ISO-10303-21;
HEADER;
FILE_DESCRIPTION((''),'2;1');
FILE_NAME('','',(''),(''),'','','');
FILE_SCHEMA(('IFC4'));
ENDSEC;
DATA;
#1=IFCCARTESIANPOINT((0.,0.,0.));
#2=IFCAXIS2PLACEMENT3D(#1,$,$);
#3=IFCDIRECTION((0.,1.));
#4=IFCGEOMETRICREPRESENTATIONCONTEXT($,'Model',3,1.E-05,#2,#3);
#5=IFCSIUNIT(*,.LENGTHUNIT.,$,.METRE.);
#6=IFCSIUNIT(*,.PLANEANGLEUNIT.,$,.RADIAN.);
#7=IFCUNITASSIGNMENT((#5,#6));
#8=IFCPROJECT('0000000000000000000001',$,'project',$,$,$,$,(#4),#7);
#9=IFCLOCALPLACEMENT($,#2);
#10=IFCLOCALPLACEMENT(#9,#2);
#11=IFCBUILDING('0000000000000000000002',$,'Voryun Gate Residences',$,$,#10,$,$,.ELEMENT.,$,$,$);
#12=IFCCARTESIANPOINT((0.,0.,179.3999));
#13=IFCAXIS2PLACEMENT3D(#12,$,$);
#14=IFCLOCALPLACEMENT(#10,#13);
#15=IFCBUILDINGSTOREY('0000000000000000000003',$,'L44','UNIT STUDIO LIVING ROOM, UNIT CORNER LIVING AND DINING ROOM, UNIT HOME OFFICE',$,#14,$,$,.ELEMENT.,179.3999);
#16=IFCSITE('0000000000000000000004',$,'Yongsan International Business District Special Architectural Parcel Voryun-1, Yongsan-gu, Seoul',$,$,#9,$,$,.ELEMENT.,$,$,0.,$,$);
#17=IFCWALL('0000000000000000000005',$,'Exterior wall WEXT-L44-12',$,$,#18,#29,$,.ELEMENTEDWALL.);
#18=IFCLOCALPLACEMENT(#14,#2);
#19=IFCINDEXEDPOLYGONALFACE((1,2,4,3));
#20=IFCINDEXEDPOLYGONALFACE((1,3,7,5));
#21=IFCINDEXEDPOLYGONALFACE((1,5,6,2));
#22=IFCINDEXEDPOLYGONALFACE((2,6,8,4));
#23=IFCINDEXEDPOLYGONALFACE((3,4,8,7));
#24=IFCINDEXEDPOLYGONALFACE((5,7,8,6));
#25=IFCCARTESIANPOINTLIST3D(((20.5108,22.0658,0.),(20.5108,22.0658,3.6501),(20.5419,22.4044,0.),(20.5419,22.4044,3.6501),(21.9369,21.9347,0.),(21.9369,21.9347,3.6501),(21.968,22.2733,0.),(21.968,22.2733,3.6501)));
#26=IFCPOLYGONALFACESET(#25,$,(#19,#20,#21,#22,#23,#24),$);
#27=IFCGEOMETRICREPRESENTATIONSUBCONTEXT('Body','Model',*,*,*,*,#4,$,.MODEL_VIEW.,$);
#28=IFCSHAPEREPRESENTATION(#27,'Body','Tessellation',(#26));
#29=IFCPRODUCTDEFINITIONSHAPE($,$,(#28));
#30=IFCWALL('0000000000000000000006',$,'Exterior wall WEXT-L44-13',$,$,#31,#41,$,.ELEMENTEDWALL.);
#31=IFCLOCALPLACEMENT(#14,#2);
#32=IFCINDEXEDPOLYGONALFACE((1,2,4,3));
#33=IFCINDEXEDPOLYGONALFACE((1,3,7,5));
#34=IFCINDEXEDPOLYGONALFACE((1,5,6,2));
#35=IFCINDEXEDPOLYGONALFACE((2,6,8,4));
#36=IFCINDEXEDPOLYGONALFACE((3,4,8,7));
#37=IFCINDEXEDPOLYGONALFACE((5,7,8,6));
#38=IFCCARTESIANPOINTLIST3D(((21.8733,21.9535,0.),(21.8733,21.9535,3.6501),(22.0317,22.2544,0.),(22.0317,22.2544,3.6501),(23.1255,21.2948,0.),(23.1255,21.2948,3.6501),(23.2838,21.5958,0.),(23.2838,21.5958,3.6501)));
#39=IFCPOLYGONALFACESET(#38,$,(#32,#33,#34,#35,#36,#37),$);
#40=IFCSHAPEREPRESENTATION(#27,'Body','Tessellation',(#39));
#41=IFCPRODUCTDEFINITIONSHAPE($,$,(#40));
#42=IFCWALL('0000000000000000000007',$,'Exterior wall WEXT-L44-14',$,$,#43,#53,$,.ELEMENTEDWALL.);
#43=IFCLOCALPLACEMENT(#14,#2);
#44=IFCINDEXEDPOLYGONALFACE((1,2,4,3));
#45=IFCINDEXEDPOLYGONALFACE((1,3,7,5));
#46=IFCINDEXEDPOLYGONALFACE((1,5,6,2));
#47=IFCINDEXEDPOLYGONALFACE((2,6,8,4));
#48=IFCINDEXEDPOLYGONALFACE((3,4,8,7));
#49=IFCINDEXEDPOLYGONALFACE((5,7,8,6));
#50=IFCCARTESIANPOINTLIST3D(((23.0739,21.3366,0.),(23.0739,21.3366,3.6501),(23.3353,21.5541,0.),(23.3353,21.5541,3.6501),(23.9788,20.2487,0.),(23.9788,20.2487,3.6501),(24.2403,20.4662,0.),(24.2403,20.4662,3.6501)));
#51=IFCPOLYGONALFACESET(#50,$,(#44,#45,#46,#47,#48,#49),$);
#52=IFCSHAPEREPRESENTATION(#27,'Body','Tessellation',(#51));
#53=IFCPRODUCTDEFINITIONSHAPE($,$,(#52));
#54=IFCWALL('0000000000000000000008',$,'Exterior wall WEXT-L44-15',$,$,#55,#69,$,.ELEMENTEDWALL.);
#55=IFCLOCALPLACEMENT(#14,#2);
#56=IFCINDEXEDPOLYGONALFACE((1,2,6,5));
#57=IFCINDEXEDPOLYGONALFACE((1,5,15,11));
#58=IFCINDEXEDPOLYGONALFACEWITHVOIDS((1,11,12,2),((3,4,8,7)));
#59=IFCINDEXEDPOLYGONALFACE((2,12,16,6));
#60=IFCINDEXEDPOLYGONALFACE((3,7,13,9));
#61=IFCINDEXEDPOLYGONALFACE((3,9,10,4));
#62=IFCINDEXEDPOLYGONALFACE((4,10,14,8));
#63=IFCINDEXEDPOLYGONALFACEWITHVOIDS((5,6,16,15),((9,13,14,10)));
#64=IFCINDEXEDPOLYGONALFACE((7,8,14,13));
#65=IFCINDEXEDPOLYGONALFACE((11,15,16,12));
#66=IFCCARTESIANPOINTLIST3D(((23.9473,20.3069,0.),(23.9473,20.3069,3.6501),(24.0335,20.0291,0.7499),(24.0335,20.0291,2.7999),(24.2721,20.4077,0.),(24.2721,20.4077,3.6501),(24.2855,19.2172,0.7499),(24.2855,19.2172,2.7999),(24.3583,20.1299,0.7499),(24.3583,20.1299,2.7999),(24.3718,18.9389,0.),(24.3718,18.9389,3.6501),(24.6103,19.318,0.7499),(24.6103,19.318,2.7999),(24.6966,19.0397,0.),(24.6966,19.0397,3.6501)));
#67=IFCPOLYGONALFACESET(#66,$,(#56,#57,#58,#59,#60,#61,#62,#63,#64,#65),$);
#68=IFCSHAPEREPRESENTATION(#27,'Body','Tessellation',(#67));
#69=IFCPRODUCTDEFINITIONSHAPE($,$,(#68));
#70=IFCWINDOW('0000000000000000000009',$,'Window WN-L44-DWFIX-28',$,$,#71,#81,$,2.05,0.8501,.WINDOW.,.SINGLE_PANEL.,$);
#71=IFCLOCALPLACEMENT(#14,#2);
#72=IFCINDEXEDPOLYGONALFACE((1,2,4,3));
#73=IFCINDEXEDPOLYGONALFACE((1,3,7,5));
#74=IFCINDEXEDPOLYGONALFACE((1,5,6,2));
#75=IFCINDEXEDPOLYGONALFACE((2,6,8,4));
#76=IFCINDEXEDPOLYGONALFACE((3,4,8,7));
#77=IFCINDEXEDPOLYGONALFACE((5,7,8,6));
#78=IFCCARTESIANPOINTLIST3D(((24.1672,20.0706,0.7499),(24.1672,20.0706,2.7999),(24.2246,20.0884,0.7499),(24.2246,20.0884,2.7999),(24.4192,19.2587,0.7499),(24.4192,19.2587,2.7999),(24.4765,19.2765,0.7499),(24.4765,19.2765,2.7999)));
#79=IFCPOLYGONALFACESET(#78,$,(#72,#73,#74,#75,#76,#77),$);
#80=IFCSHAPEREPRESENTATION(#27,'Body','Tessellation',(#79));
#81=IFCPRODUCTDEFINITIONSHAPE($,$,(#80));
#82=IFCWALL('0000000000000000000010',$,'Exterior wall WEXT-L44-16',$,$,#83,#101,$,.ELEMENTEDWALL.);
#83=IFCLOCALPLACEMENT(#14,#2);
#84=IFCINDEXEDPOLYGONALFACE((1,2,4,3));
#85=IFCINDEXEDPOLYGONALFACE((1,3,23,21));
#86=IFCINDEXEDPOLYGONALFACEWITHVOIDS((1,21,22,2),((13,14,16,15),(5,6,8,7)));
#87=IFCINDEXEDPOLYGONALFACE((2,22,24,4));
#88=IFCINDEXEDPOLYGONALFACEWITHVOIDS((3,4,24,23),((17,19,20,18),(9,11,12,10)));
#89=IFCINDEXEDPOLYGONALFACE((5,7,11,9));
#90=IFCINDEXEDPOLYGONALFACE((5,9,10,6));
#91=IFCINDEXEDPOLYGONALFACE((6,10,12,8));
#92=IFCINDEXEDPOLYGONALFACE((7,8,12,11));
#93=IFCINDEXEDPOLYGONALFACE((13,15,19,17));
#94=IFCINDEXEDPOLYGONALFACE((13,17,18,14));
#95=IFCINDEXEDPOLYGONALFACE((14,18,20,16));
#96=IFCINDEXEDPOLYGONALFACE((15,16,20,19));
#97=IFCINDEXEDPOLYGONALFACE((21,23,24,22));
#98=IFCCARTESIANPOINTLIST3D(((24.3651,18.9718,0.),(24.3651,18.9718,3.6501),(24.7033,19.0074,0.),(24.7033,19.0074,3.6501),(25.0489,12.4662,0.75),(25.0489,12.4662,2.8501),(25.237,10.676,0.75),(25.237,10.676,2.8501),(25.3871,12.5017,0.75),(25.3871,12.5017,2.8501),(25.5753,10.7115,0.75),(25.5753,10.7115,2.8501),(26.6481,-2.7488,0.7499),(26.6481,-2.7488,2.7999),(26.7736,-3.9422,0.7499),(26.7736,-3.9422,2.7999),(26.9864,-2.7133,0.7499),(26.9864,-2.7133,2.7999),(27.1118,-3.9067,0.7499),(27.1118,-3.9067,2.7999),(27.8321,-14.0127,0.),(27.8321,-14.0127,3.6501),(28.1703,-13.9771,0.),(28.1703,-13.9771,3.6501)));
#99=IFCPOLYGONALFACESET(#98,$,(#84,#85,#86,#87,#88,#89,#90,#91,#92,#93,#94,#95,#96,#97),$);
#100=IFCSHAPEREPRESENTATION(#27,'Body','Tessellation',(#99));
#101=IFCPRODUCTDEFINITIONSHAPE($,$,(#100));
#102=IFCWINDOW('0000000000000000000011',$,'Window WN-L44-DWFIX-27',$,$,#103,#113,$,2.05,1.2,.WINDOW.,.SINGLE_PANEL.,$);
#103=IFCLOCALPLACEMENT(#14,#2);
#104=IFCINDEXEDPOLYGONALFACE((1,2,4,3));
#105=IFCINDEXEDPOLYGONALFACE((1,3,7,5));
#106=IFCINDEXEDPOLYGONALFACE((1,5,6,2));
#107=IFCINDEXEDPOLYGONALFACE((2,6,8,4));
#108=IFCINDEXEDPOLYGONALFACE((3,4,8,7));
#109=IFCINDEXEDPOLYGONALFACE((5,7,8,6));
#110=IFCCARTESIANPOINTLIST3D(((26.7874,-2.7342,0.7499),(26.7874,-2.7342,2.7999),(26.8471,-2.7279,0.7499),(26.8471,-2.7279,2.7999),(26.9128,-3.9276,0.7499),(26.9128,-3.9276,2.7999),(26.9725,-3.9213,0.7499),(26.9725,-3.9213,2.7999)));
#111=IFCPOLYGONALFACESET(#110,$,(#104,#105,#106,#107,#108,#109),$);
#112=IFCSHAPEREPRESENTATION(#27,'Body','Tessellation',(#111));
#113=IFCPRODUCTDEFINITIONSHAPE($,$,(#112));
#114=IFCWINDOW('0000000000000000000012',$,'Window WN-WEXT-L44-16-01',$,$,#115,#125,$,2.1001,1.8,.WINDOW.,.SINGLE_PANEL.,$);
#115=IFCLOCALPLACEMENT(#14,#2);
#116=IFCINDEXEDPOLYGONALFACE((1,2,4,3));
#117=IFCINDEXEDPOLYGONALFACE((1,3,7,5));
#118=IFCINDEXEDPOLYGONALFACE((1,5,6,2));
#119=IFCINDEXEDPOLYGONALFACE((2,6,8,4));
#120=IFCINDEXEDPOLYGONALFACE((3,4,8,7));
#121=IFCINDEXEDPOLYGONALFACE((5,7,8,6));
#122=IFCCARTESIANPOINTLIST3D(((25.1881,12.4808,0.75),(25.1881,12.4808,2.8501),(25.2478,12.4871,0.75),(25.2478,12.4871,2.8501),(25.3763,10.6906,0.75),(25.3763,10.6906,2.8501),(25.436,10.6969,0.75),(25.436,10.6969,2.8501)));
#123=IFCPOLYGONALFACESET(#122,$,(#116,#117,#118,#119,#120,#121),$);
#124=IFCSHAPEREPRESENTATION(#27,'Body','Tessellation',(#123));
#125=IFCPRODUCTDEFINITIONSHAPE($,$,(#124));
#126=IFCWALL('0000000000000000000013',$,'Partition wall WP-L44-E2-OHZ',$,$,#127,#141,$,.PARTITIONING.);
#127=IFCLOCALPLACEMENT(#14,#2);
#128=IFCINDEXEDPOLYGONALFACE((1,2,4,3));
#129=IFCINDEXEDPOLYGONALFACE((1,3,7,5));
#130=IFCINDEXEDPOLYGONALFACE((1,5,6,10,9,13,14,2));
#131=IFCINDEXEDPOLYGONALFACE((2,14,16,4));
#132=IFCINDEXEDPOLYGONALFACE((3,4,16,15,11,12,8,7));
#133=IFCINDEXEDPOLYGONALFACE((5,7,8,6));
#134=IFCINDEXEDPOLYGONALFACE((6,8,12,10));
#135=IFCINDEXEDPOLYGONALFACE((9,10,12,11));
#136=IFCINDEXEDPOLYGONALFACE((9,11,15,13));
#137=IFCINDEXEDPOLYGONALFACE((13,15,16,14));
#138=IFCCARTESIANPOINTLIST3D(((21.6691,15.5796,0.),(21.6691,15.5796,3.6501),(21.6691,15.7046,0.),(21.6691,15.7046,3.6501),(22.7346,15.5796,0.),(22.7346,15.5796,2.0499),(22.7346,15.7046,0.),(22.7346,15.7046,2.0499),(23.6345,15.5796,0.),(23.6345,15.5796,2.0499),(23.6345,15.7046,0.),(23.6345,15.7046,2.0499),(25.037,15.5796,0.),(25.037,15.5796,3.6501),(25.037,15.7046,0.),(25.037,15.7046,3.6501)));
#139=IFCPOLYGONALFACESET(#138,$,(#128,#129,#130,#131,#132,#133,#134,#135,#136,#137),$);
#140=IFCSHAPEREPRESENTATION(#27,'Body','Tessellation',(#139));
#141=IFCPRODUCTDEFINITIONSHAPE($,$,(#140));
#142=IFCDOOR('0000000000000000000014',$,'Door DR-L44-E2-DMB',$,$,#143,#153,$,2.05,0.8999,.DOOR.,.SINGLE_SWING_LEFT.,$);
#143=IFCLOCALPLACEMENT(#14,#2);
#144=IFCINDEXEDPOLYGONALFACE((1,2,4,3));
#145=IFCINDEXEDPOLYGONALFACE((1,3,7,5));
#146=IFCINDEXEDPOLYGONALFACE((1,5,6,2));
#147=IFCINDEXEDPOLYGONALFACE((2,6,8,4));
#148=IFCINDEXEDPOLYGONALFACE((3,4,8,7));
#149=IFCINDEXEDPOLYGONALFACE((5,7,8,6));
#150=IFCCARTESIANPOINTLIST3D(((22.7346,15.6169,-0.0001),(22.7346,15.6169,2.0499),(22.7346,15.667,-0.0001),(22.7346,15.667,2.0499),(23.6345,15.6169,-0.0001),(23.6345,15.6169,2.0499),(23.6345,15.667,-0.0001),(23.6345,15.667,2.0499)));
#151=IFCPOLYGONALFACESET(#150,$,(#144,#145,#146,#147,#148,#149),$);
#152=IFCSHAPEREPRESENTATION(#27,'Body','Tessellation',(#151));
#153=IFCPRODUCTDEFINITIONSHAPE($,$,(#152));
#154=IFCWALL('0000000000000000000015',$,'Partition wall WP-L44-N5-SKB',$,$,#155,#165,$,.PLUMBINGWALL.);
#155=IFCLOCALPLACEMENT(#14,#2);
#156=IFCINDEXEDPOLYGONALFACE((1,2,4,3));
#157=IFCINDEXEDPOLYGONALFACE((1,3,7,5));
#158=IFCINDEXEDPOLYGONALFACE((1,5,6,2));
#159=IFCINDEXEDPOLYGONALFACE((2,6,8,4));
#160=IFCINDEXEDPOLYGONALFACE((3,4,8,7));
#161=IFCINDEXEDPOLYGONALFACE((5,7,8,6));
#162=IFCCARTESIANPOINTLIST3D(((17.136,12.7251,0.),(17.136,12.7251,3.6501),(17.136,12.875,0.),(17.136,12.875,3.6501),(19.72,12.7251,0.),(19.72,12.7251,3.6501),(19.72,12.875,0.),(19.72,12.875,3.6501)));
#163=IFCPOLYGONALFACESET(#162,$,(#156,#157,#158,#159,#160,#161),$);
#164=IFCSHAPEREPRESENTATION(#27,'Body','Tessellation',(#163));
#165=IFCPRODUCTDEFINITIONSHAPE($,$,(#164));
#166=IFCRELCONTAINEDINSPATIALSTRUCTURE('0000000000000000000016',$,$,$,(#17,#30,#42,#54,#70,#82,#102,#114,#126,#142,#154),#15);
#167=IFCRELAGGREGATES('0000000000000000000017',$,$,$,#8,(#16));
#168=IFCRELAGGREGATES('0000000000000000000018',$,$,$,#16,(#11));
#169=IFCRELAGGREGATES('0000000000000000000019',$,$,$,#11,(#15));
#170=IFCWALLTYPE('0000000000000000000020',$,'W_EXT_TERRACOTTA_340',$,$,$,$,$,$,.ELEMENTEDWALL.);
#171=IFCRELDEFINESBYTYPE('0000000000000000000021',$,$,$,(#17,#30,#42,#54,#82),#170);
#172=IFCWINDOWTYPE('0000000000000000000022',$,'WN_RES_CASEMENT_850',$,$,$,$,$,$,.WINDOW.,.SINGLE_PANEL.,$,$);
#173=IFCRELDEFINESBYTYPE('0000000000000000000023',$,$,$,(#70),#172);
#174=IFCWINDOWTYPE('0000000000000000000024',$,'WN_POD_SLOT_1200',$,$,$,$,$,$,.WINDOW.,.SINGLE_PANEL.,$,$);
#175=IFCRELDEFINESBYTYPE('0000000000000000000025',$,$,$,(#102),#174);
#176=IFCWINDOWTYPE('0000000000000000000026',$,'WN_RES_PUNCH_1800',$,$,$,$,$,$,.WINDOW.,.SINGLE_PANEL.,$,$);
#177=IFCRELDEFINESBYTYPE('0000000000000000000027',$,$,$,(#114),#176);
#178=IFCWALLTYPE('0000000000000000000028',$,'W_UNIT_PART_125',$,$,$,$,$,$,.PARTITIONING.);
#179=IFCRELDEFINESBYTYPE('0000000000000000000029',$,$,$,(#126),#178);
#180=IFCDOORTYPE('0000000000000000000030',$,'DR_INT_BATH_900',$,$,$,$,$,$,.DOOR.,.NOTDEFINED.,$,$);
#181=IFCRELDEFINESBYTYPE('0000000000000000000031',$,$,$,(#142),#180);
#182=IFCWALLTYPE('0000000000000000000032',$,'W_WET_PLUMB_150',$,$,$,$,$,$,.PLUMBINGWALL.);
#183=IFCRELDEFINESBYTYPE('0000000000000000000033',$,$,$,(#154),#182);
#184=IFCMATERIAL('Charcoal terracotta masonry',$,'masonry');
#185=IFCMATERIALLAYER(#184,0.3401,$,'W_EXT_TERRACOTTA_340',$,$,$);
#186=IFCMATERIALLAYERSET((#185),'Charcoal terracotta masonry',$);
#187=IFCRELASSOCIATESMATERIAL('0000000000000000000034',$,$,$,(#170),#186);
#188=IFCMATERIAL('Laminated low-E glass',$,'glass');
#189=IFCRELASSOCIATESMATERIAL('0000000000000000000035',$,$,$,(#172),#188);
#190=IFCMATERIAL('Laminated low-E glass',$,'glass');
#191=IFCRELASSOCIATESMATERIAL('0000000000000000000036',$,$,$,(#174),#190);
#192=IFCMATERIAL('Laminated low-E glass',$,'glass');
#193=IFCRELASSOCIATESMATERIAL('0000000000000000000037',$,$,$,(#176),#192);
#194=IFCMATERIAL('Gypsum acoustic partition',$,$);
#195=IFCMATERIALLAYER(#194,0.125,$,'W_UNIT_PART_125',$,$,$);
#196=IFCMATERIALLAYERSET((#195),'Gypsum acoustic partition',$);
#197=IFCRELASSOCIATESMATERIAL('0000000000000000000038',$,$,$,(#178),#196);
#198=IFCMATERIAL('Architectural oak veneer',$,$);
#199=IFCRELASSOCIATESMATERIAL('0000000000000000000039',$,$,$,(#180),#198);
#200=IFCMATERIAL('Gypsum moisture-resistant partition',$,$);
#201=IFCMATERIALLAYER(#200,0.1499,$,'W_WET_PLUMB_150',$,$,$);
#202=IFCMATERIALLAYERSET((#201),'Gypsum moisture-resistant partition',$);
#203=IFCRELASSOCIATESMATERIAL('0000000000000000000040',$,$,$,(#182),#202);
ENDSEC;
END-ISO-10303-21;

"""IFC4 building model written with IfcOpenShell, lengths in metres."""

from ifc_helpers import new_model, si_unit, direction, frame, frame_2d, origin, place, context, subcontext, project, spatial, rectangle, extrude, material, layer, layer_set, type_object, element, fill, save


model = new_model("IFC4")

# Units and contexts
model_context = context("Model", 3, precision=1e-05, world=origin(), true_north=direction((0.0, 1.0)))
body_context = subcontext(model_context, "Body", "Model", "MODEL_VIEW")
ifc_project = project(units=[si_unit("LENGTHUNIT", "METRE"), si_unit("PLANEANGLEUNIT", "RADIAN")], contexts=[model_context])

# Site, building, storey
site_placement = place(None, origin())
site = spatial("IfcSite", under=ifc_project, at=site_placement, Name="Yongsan International Business District Special Architectural Parcel Voryun-1, Yongsan-gu, Seoul", CompositionType="ELEMENT", RefElevation=0.0)
building_placement = place(site_placement, origin())
building = spatial("IfcBuilding", under=site, at=building_placement, Name="Voryun Gate Residences", CompositionType="ELEMENT")
storey_placement = place(building_placement, frame((0.0, 0.0, 179.3999)))
storey = spatial("IfcBuildingStorey", under=building, at=storey_placement, Name="L44", Description="UNIT STUDIO LIVING ROOM, UNIT CORNER LIVING AND DINING ROOM, UNIT HOME OFFICE", CompositionType="ELEMENT", Elevation=179.3999)

# Walls
ifc_material_1 = material(Name="Charcoal terracotta masonry", Category="masonry")
ifc_layer_1 = layer(ifc_material_1, 0.3401, Name="W_EXT_TERRACOTTA_340")
ifc_layer_set_1 = layer_set([ifc_layer_1], Name="Charcoal terracotta masonry")
wall_type_1 = type_object("IfcWallType", Name="W_EXT_TERRACOTTA_340", PredefinedType="ELEMENTEDWALL", material=ifc_layer_set_1)
wall_1_placement = place(storey_placement, frame((20.5264, 22.2351, 0.0), z_axis=(0.0, 0.0, 1.0), x_axis=(0.9958, -0.09155, 0.0)))
element("IfcWall", 1, at=wall_1_placement, inside=storey, type_object=wall_type_1, Name="Exterior wall WEXT-L44-12", PredefinedType="ELEMENTEDWALL", context=body_context, shape_type="SweptSolid", body=[
    extrude(rectangle(XDim=1.4321, YDim=0.3401, at=frame_2d((0.7161, 0.0))), origin(), (0.0, 0.0, 1.0), 3.6501),
])
wall_2_placement = place(storey_placement, frame((21.9524, 22.104, 0.0), z_axis=(0.0, 0.0, 1.0), x_axis=(0.885023, -0.465547, 0.0)))
element("IfcWall", 2, at=wall_2_placement, inside=storey, type_object=wall_type_1, Name="Exterior wall WEXT-L44-13", PredefinedType="ELEMENTEDWALL", context=body_context, shape_type="SweptSolid", body=[
    extrude(rectangle(XDim=1.4148, YDim=0.3401, at=frame_2d((0.7075, 0.0))), origin(), (0.0, 0.0, 1.0), 3.6501),
])
wall_3_placement = place(storey_placement, frame((23.2046, 21.4453, 0.0), z_axis=(0.0, 0.0, 1.0), x_axis=(0.639539, -0.768758, 0.0)))
element("IfcWall", 3, at=wall_3_placement, inside=storey, type_object=wall_type_1, Name="Exterior wall WEXT-L44-14", PredefinedType="ELEMENTEDWALL", context=body_context, shape_type="SweptSolid", body=[
    extrude(rectangle(XDim=1.415, YDim=0.3401, at=frame_2d((0.7075, 0.0))), origin(), (0.0, 0.0, 1.0), 3.6501),
])

# Wall, opening, window
wall_4_placement = place(storey_placement, frame((24.1096, 20.3574, 0.0), z_axis=(0.0, 0.0, 1.0), x_axis=(0.296421, -0.955057, 0.0)))
wall_4 = element("IfcWall", 4, at=wall_4_placement, inside=storey, type_object=wall_type_1, Name="Exterior wall WEXT-L44-15", PredefinedType="ELEMENTEDWALL", context=body_context, shape_type="SweptSolid", body=[
    extrude(rectangle(XDim=1.4324, YDim=0.3401, at=frame_2d((0.7163, 0.0))), origin(), (0.0, 0.0, 1.0), 3.6501),
])
opening_1_placement = place(wall_4_placement, frame((0.291, 0.0, 0.75)))
opening_1 = element("IfcOpeningElement", 5, at=opening_1_placement, cuts=wall_4, PredefinedType="OPENING", context=body_context, shape_type="SweptSolid", body=[
    extrude(rectangle(XDim=0.8501, YDim=2.05, at=frame_2d((0.425, 1.0249))), frame((0.0, 0.1799, 0.0), z_axis=(0.0, -1.0, 0.0), x_axis=(1.0, 0.0, 0.0)), (0.0, 0.0, 1.0), 0.3601),
])
ifc_material_2 = material(Name="Laminated low-E glass", Category="glass")
window_type_1 = type_object("IfcWindowType", Name="WN_RES_CASEMENT_850", PartitioningType="SINGLE_PANEL", PredefinedType="WINDOW", material=ifc_material_2)
window_1_placement = place(opening_1_placement, origin())
window_1 = element("IfcWindow", 6, at=window_1_placement, inside=storey, type_object=window_type_1, Name="Window WN-L44-DWFIX-28", OverallHeight=2.05, OverallWidth=0.8501, PartitioningType="SINGLE_PANEL", PredefinedType="WINDOW", context=body_context, shape_type="SweptSolid", body=[
    extrude(rectangle(XDim=0.8501, YDim=2.05, at=frame_2d((0.425, 1.0249))), frame((0.0, 0.03, 0.0), z_axis=(0.0, -1.0, 0.0), x_axis=(1.0, 0.0, 0.0)), (0.0, 0.0, 1.0), 0.0601),
])
fill(opening_1, window_1)

# Wall, openings, windows
wall_5_placement = place(storey_placement, frame((24.5342, 18.9895, 0.0), z_axis=(0.0, 0.0, 1.0), x_axis=(0.104535, -0.994521, 0.0)))
wall_5 = element("IfcWall", 7, at=wall_5_placement, inside=storey, type_object=wall_type_1, Name="Exterior wall WEXT-L44-16", PredefinedType="ELEMENTEDWALL", context=body_context, shape_type="SweptSolid", body=[
    extrude(rectangle(XDim=33.1663, YDim=0.3401, at=frame_2d((16.583, 0.0))), origin(), (0.0, 0.0, 1.0), 3.6501),
])
opening_2_placement = place(wall_5_placement, frame((6.5415, 0.0, 0.75)))
opening_2 = element("IfcOpeningElement", 8, at=opening_2_placement, cuts=wall_5, PredefinedType="OPENING", context=body_context, shape_type="SweptSolid", body=[
    extrude(rectangle(XDim=1.8, YDim=2.1001, at=frame_2d((0.8999, 1.05))), frame((0.0, 0.1799, 0.0), z_axis=(0.0, -1.0, 0.0), x_axis=(1.0, 0.0, 0.0)), (0.0, 0.0, 1.0), 0.3601),
])
opening_3_placement = place(wall_5_placement, frame((21.8401, 0.0, 0.75)))
opening_3 = element("IfcOpeningElement", 9, at=opening_3_placement, cuts=wall_5, PredefinedType="OPENING", context=body_context, shape_type="SweptSolid", body=[
    extrude(rectangle(XDim=1.2, YDim=2.05, at=frame_2d((0.6001, 1.0249))), frame((0.0, 0.1799, 0.0), z_axis=(0.0, -1.0, 0.0), x_axis=(1.0, 0.0, 0.0)), (0.0, 0.0, 1.0), 0.3601),
])
ifc_material_3 = material(Name="Laminated low-E glass", Category="glass")
window_type_2 = type_object("IfcWindowType", Name="WN_POD_SLOT_1200", PartitioningType="SINGLE_PANEL", PredefinedType="WINDOW", material=ifc_material_3)
window_2_placement = place(opening_3_placement, origin())
window_2 = element("IfcWindow", 10, at=window_2_placement, inside=storey, type_object=window_type_2, Name="Window WN-L44-DWFIX-27", OverallHeight=2.05, OverallWidth=1.2, PartitioningType="SINGLE_PANEL", PredefinedType="WINDOW", context=body_context, shape_type="SweptSolid", body=[
    extrude(rectangle(XDim=1.2, YDim=2.05, at=frame_2d((0.6001, 1.0249))), frame((0.0, 0.03, 0.0), z_axis=(0.0, -1.0, 0.0), x_axis=(1.0, 0.0, 0.0)), (0.0, 0.0, 1.0), 0.0601),
])
fill(opening_3, window_2)
ifc_material_4 = material(Name="Laminated low-E glass", Category="glass")
window_type_3 = type_object("IfcWindowType", Name="WN_RES_PUNCH_1800", PartitioningType="SINGLE_PANEL", PredefinedType="WINDOW", material=ifc_material_4)
window_3_placement = place(opening_2_placement, origin())
window_3 = element("IfcWindow", 11, at=window_3_placement, inside=storey, type_object=window_type_3, Name="Window WN-WEXT-L44-16-01", OverallHeight=2.1001, OverallWidth=1.8, PartitioningType="SINGLE_PANEL", PredefinedType="WINDOW", context=body_context, shape_type="SweptSolid", body=[
    extrude(rectangle(XDim=1.8, YDim=2.1001, at=frame_2d((0.8999, 1.05))), frame((0.0, 0.03, 0.0), z_axis=(0.0, -1.0, 0.0), x_axis=(1.0, 0.0, 0.0)), (0.0, 0.0, 1.0), 0.0601),
])
fill(opening_2, window_3)

# Wall, opening, door
ifc_material_5 = material(Name="Gypsum acoustic partition")
ifc_layer_2 = layer(ifc_material_5, 0.125, Name="W_UNIT_PART_125")
ifc_layer_set_2 = layer_set([ifc_layer_2], Name="Gypsum acoustic partition")
wall_type_2 = type_object("IfcWallType", Name="W_UNIT_PART_125", PredefinedType="PARTITIONING", material=ifc_layer_set_2)
wall_6_placement = place(storey_placement, frame((21.6689, 15.6421, 0.0), z_axis=(0.0, 0.0, 1.0), x_axis=(1.0, 0.0, 0.0)))
wall_6 = element("IfcWall", 12, at=wall_6_placement, inside=storey, type_object=wall_type_2, Name="Partition wall WP-L44-E2-OHZ", PredefinedType="PARTITIONING", context=body_context, shape_type="SweptSolid", body=[
    extrude(rectangle(XDim=3.3679, YDim=0.125, at=frame_2d((1.6841, 0.0))), origin(), (0.0, 0.0, 1.0), 3.6501),
])
opening_4_placement = place(wall_6_placement, frame((1.0657, 0.0, 0.0)))
opening_4 = element("IfcOpeningElement", 13, at=opening_4_placement, cuts=wall_6, PredefinedType="OPENING", context=body_context, shape_type="SweptSolid", body=[
    extrude(rectangle(XDim=0.8999, YDim=2.05, at=frame_2d((0.45, 1.0249))), frame((0.0, 0.0725, 0.0), z_axis=(0.0, -1.0, 0.0), x_axis=(1.0, 0.0, 0.0)), (0.0, 0.0, 1.0), 0.145),
])
ifc_material_6 = material(Name="Architectural oak veneer")
door_type = type_object("IfcDoorType", Name="DR_INT_BATH_900", OperationType="NOTDEFINED", PredefinedType="DOOR", material=ifc_material_6)
door_1_placement = place(opening_4_placement, origin())
door_1 = element("IfcDoor", 14, at=door_1_placement, inside=storey, type_object=door_type, Name="Door DR-L44-E2-DMB", OperationType="SINGLE_SWING_LEFT", OverallHeight=2.05, OverallWidth=0.8999, PredefinedType="DOOR", context=body_context, shape_type="SweptSolid", body=[
    extrude(rectangle(XDim=0.8999, YDim=2.05, at=frame_2d((0.45, 1.0249))), frame((0.0, 0.0249, 0.0), z_axis=(0.0, -1.0, 0.0), x_axis=(1.0, 0.0, 0.0)), (0.0, 0.0, 1.0), 0.05),
])
fill(opening_4, door_1)

# Wall
ifc_material_7 = material(Name="Gypsum moisture-resistant partition")
ifc_layer_3 = layer(ifc_material_7, 0.1499, Name="W_WET_PLUMB_150")
ifc_layer_set_3 = layer_set([ifc_layer_3], Name="Gypsum moisture-resistant partition")
wall_type_3 = type_object("IfcWallType", Name="W_WET_PLUMB_150", PredefinedType="PLUMBINGWALL", material=ifc_layer_set_3)
wall_7_placement = place(storey_placement, frame((17.136, 12.8, 0.0), z_axis=(0.0, 0.0, 1.0), x_axis=(1.0, 0.0, 0.0)))
element("IfcWall", 15, at=wall_7_placement, inside=storey, type_object=wall_type_3, Name="Partition wall WP-L44-N5-SKB", PredefinedType="PLUMBINGWALL", context=body_context, shape_type="SweptSolid", body=[
    extrude(rectangle(XDim=2.584, YDim=0.1499, at=frame_2d((1.292, 0.0))), origin(), (0.0, 0.0, 1.0), 3.6501),
])

save(model, "model.ifc")
